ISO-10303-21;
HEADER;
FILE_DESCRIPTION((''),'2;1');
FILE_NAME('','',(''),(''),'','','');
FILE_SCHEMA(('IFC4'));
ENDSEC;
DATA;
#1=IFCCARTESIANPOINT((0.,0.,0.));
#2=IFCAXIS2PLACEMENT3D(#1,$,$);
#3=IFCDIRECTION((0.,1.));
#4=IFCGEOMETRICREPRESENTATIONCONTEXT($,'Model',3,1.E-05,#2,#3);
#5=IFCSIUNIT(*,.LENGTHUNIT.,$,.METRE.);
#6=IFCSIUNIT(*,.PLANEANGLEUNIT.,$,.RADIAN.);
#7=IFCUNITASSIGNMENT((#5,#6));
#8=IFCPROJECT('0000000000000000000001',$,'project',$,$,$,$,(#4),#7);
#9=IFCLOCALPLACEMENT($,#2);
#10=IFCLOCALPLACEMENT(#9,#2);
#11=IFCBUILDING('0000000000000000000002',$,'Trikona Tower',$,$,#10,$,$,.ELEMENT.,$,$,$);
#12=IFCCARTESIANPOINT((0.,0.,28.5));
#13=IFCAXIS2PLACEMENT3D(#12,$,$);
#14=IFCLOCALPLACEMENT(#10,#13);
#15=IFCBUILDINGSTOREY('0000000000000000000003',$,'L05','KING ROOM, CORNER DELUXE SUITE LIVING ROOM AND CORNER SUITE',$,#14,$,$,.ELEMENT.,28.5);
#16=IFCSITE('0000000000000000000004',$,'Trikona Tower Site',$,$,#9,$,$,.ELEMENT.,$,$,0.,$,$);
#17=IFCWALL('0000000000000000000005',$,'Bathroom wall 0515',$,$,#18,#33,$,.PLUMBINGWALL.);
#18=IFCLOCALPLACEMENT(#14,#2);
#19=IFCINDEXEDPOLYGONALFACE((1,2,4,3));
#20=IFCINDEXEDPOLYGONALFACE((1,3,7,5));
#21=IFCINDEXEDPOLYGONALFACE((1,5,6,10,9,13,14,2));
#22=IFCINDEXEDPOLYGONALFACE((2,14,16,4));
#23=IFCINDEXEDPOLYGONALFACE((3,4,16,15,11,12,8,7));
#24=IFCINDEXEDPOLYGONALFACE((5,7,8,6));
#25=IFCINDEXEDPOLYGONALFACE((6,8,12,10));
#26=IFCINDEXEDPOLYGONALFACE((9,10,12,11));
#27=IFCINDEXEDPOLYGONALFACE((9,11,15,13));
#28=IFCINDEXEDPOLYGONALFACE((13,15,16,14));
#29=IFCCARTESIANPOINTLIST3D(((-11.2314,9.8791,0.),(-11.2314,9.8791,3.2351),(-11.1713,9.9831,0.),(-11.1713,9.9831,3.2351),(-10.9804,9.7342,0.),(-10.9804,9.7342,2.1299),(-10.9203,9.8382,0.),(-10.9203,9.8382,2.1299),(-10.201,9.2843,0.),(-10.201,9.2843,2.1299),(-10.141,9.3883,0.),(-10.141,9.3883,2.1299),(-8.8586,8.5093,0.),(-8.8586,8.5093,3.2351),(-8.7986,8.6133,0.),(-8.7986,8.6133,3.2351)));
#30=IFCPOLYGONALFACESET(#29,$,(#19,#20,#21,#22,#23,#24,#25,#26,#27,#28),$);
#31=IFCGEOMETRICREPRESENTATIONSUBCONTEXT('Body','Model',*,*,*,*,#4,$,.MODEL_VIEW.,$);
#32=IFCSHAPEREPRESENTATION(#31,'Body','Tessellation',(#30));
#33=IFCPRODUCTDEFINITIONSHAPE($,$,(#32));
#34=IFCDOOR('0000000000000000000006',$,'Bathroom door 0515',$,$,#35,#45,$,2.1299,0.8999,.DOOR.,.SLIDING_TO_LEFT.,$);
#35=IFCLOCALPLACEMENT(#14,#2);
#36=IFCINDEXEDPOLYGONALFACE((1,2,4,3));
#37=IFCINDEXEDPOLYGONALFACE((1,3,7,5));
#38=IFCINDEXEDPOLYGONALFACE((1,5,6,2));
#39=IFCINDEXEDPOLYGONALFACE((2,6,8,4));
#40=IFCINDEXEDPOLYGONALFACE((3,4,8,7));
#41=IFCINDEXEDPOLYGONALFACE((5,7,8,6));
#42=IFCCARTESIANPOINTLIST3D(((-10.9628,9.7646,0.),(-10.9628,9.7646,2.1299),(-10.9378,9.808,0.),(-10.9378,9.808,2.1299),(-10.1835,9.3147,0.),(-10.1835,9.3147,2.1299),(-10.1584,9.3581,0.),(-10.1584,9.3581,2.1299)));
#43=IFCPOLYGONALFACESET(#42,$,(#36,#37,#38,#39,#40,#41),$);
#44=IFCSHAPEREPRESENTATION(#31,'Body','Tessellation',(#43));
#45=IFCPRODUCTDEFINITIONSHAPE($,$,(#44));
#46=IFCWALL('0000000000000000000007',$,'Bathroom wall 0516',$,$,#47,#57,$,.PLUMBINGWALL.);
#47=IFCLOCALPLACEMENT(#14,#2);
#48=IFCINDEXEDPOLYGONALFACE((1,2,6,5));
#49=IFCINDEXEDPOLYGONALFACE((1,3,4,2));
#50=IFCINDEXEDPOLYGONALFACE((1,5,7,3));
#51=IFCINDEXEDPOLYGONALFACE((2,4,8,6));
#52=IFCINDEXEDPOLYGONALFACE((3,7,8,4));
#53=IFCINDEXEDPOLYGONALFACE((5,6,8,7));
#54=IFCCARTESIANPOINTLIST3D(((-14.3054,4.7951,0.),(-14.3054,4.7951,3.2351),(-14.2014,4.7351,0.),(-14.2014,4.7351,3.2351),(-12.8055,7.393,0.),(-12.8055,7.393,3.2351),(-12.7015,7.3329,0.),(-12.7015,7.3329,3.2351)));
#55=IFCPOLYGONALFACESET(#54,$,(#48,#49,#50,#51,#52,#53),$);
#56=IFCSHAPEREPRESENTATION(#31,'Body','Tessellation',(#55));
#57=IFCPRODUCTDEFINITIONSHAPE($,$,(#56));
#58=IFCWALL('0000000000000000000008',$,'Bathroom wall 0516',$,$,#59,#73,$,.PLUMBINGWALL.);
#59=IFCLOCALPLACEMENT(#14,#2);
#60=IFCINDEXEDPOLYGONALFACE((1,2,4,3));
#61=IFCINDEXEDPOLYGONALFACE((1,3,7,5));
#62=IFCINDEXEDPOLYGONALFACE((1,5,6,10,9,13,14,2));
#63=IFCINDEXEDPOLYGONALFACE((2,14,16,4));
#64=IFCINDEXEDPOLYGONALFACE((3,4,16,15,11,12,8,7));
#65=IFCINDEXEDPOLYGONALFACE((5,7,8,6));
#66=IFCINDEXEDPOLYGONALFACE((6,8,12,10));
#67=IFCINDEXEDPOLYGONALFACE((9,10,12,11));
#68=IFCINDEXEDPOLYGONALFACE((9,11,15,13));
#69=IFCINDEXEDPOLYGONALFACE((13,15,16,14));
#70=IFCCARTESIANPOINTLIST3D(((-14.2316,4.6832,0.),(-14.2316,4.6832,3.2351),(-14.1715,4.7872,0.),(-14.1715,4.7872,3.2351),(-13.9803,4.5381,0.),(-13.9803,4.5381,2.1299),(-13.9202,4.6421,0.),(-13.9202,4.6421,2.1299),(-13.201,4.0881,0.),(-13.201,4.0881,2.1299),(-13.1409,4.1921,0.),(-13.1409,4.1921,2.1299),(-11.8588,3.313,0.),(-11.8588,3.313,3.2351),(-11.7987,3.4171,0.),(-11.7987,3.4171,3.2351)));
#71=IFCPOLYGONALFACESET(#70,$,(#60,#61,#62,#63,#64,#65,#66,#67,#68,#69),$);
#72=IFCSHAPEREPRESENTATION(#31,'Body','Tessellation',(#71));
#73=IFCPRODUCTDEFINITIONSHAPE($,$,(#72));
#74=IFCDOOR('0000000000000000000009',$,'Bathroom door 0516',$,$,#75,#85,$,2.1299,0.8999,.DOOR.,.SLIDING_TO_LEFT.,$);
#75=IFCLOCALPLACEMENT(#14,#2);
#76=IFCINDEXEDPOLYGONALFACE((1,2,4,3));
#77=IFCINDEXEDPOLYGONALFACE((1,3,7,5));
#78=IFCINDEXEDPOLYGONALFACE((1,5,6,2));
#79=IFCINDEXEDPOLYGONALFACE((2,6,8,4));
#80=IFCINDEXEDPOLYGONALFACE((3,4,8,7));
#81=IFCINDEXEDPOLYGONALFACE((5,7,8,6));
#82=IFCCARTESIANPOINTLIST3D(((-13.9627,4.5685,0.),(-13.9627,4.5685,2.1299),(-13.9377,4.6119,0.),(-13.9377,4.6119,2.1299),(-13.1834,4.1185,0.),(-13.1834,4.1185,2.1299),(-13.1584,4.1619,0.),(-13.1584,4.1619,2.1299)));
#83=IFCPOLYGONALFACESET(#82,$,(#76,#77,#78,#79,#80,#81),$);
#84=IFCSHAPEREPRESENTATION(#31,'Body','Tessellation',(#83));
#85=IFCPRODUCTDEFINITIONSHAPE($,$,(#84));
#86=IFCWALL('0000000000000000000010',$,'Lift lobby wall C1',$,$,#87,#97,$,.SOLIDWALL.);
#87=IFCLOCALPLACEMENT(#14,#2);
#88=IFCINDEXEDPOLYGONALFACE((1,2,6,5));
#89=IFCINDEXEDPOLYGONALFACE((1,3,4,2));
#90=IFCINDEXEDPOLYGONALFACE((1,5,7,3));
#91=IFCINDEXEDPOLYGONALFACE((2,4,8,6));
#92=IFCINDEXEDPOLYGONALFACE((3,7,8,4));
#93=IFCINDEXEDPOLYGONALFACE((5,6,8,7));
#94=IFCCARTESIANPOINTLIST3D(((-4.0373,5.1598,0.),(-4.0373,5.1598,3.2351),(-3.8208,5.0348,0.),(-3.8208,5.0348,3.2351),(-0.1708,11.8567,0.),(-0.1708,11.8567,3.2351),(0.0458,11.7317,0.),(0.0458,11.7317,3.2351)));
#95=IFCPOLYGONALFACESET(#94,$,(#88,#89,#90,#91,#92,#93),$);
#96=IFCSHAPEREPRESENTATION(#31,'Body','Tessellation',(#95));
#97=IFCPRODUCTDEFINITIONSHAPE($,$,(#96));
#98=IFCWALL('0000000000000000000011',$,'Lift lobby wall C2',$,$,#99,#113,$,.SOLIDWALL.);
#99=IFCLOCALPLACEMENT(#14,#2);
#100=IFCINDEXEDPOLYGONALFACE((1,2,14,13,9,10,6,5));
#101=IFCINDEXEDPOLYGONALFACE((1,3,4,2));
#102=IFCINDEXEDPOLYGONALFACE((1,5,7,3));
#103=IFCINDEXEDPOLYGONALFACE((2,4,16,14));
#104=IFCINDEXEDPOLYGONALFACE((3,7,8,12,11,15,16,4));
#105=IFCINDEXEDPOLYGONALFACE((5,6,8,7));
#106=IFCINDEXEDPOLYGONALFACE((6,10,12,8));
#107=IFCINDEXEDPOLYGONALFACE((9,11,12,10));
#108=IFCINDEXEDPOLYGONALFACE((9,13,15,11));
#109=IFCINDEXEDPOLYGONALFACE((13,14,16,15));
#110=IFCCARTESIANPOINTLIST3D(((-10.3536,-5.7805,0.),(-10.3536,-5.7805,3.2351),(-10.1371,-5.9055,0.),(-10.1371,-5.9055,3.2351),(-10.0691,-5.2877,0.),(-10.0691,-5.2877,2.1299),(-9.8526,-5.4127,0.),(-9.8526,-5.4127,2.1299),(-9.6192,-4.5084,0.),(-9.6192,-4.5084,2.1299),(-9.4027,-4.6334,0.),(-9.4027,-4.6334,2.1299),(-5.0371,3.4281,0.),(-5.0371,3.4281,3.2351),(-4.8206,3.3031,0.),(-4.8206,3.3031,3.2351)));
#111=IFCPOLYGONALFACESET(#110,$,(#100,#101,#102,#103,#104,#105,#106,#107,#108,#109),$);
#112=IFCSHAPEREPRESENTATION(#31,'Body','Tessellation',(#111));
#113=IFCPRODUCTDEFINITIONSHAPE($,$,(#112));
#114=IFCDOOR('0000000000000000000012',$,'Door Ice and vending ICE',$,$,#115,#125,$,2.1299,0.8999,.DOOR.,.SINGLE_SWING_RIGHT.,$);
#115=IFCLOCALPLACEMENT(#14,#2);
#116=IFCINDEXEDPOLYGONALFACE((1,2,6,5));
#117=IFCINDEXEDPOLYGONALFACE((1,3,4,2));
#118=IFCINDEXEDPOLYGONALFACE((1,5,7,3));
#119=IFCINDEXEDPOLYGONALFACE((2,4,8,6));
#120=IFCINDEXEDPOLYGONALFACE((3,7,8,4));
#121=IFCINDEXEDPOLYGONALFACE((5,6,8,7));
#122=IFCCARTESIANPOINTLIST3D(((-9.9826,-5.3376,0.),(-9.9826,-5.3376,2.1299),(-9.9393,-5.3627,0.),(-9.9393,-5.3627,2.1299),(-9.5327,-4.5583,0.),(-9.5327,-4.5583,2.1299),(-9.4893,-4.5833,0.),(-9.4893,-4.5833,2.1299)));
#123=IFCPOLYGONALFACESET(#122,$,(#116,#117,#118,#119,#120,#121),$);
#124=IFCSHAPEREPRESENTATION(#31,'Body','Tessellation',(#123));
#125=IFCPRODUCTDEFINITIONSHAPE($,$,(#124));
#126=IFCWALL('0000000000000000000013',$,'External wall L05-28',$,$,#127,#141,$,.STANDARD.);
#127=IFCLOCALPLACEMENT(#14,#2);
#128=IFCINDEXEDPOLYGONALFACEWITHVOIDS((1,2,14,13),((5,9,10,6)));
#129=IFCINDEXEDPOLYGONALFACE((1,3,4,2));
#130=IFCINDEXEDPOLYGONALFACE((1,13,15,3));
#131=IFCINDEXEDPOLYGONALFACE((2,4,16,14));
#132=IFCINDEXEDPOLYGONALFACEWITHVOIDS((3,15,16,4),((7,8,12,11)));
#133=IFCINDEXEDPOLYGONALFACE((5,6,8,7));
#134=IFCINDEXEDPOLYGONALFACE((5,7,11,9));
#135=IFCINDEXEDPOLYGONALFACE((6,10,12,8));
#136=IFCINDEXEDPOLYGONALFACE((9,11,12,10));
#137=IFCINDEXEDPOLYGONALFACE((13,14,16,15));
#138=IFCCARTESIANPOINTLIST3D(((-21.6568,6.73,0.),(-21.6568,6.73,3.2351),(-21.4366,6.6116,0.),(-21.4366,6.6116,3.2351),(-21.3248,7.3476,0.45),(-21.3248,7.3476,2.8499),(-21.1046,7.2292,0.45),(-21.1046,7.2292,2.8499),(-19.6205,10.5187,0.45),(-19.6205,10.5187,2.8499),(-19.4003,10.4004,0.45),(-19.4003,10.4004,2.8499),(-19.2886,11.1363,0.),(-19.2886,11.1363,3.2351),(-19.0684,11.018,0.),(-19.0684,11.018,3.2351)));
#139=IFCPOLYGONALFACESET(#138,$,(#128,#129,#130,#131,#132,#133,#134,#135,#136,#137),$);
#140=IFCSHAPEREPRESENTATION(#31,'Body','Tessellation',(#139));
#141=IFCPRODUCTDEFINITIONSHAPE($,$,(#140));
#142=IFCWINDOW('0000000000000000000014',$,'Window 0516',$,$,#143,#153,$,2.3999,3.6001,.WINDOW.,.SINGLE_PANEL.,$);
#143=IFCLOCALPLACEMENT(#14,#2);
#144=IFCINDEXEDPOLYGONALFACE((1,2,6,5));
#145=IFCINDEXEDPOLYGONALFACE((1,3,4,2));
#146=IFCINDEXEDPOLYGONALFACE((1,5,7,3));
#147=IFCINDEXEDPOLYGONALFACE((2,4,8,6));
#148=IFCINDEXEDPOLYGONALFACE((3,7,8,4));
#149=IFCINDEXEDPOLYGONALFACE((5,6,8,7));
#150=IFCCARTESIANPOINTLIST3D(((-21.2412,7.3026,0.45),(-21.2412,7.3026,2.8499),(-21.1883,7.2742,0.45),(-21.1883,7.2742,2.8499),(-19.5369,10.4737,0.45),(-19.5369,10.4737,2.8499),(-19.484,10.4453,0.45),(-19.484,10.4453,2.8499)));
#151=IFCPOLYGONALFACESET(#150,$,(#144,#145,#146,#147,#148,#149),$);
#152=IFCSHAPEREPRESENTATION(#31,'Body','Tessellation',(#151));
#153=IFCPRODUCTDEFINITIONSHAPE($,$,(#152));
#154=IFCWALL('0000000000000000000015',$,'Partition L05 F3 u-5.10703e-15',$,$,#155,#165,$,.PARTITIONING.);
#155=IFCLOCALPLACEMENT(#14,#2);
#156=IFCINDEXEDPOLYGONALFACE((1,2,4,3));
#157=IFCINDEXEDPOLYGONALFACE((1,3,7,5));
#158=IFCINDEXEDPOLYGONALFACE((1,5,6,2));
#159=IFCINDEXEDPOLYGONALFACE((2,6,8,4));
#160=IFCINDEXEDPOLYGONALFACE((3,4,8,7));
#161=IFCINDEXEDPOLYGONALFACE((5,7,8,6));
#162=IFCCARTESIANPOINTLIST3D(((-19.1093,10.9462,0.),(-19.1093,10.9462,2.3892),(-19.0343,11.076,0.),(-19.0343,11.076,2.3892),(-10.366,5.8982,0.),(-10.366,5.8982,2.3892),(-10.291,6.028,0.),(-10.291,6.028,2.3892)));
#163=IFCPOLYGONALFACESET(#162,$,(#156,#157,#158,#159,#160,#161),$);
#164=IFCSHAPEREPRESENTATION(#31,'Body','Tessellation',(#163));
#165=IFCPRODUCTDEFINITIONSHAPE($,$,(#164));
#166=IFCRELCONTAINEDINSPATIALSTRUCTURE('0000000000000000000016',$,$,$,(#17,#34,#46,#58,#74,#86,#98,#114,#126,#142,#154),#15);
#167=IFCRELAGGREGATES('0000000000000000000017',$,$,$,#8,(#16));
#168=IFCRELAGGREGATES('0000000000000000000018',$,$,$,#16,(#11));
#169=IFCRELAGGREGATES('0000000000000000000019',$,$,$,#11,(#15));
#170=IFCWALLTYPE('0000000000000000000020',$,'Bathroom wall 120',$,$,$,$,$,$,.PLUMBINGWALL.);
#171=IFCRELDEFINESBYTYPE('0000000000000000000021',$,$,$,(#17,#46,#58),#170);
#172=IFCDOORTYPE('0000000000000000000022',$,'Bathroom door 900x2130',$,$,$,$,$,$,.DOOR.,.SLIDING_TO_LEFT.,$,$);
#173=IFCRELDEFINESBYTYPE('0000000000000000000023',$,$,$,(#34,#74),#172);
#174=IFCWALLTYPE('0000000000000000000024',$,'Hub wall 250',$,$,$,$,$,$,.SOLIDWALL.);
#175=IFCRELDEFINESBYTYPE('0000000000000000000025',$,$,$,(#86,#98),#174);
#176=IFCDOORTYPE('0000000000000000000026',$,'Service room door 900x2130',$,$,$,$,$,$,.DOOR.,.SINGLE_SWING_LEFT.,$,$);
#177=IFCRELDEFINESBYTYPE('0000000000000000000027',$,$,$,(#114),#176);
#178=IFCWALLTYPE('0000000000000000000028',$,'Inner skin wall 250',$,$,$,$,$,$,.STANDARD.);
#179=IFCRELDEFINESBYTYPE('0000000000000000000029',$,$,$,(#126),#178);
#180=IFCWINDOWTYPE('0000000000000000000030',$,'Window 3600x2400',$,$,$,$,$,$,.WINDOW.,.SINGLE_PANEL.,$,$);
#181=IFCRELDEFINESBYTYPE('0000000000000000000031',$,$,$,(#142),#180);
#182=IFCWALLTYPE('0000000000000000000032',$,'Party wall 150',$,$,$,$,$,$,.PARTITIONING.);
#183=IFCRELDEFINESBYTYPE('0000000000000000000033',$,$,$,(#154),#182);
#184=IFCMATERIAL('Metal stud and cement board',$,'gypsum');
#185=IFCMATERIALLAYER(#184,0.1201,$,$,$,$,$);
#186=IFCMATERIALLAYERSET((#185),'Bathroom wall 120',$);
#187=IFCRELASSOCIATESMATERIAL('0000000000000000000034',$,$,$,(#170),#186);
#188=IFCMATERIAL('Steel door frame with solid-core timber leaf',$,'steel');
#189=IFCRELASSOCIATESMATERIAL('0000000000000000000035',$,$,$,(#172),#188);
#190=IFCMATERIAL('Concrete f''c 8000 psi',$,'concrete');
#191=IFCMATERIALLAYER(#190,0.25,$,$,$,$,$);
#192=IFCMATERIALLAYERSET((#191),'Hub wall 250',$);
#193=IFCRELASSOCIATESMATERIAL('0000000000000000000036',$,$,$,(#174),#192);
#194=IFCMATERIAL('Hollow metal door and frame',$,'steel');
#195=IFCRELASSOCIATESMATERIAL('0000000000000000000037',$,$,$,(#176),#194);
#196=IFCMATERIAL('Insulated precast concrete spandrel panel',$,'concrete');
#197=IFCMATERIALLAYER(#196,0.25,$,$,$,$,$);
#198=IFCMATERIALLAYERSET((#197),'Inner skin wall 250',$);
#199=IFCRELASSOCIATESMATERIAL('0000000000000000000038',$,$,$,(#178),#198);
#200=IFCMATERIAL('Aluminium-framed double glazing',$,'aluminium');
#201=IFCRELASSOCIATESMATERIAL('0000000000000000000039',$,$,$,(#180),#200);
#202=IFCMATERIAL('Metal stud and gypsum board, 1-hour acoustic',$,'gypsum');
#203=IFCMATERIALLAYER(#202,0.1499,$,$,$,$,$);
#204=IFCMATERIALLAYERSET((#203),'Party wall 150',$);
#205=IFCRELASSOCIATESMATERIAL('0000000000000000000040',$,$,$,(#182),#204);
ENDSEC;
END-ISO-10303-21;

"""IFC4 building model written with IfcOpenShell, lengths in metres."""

from ifc_helpers import new_model, si_unit, direction, frame, frame_2d, origin, place, context, subcontext, project, spatial, rectangle, extrude, material, layer, layer_set, type_object, element, fill, save


model = new_model("IFC4")

# Units and contexts
model_context = context("Model", 3, precision=1e-05, world=origin(), true_north=direction((0.0, 1.0)))
body_context = subcontext(model_context, "Body", "Model", "MODEL_VIEW")
ifc_project = project(units=[si_unit("LENGTHUNIT", "METRE"), si_unit("PLANEANGLEUNIT", "RADIAN")], contexts=[model_context])

# Site, building, storey
site_placement = place(None, origin())
site = spatial("IfcSite", under=ifc_project, at=site_placement, Name="Trikona Tower Site", CompositionType="ELEMENT", RefElevation=0.0)
building_placement = place(site_placement, origin())
building = spatial("IfcBuilding", under=site, at=building_placement, Name="Trikona Tower", CompositionType="ELEMENT")
storey_placement = place(building_placement, frame((0.0, 0.0, 28.5)))
storey = spatial("IfcBuildingStorey", under=building, at=storey_placement, Name="L05", Description="KING ROOM, CORNER DELUXE SUITE LIVING ROOM AND CORNER SUITE", CompositionType="ELEMENT", Elevation=28.5)

# Shared definitions
ifc_material_1 = material(Name="Metal stud and cement board", Category="gypsum")
ifc_layer_1 = layer(ifc_material_1, 0.1201)
ifc_layer_set_1 = layer_set([ifc_layer_1], Name="Bathroom wall 120")
wall_type_1 = type_object("IfcWallType", Name="Bathroom wall 120", PredefinedType="PLUMBINGWALL", material=ifc_layer_set_1)

# Wall, opening, door
wall_1_placement = place(storey_placement, frame((-8.8286, 8.5613, 0.0), z_axis=(0.0, 0.0, 1.0), x_axis=(-0.866036, 0.499982, 0.0)))
wall_1 = element("IfcWall", 1, at=wall_1_placement, inside=storey, type_object=wall_type_1, Name="Bathroom wall 0515", PredefinedType="PLUMBINGWALL", context=body_context, shape_type="SweptSolid", body=[
    extrude(rectangle(XDim=2.7397, YDim=0.1201, at=frame_2d((1.3699, 0.0))), origin(), (0.0, 0.0, 1.0), 3.2351),
])
opening_1_placement = place(wall_1_placement, frame((1.55, 0.0, 0.0)))
opening_1 = element("IfcOpeningElement", 2, at=opening_1_placement, cuts=wall_1, PredefinedType="OPENING", context=body_context, shape_type="SweptSolid", body=[
    extrude(rectangle(XDim=0.8999, YDim=2.1299, at=frame_2d((0.45, 1.0649))), frame((0.0, 0.0701, 0.0), z_axis=(0.0, -1.0, 0.0), x_axis=(1.0, 0.0, 0.0)), (0.0, 0.0, 1.0), 0.1401),
])
ifc_material_2 = material(Name="Steel door frame with solid-core timber leaf", Category="steel")
door_type_1 = type_object("IfcDoorType", Name="Bathroom door 900x2130", OperationType="SLIDING_TO_LEFT", PredefinedType="DOOR", material=ifc_material_2)
door_1_placement = place(opening_1_placement, origin())
door_1 = element("IfcDoor", 3, at=door_1_placement, inside=storey, type_object=door_type_1, Name="Bathroom door 0515", OperationType="SLIDING_TO_LEFT", OverallHeight=2.1299, OverallWidth=0.8999, PredefinedType="DOOR", context=body_context, shape_type="SweptSolid", body=[
    extrude(rectangle(XDim=0.8999, YDim=2.1299, at=frame_2d((0.45, 1.0649))), frame((0.0, 0.0249, 0.0), z_axis=(0.0, -1.0, 0.0), x_axis=(1.0, 0.0, 0.0)), (0.0, 0.0, 1.0), 0.05),
])
fill(opening_1, door_1)

# Wall
wall_2_placement = place(storey_placement, frame((-12.7534, 7.363, 0.0), z_axis=(0.0, 0.0, 1.0), x_axis=(-0.500025, -0.866011, 0.0)))
element("IfcWall", 4, at=wall_2_placement, inside=storey, type_object=wall_type_1, Name="Bathroom wall 0516", PredefinedType="PLUMBINGWALL", context=body_context, shape_type="SweptSolid", body=[
    extrude(rectangle(XDim=2.9998, YDim=0.1201, at=frame_2d((1.5, 0.0))), origin(), (0.0, 0.0, 1.0), 3.2351),
])

# Wall, opening, door
wall_3_placement = place(storey_placement, frame((-11.8286, 3.365, 0.0), z_axis=(0.0, 0.0, 1.0), x_axis=(-0.865997, 0.500049, 0.0)))
wall_3 = element("IfcWall", 5, at=wall_3_placement, inside=storey, type_object=wall_type_1, Name="Bathroom wall 0516", PredefinedType="PLUMBINGWALL", context=body_context, shape_type="SweptSolid", body=[
    extrude(rectangle(XDim=2.74, YDim=0.1201, at=frame_2d((1.3701, 0.0))), origin(), (0.0, 0.0, 1.0), 3.2351),
])
opening_2_placement = place(wall_3_placement, frame((1.55, 0.0, 0.0)))
opening_2 = element("IfcOpeningElement", 6, at=opening_2_placement, cuts=wall_3, PredefinedType="OPENING", context=body_context, shape_type="SweptSolid", body=[
    extrude(rectangle(XDim=0.8999, YDim=2.1299, at=frame_2d((0.45, 1.0649))), frame((0.0, 0.0701, 0.0), z_axis=(0.0, -1.0, 0.0), x_axis=(1.0, 0.0, 0.0)), (0.0, 0.0, 1.0), 0.1401),
])
door_2_placement = place(opening_2_placement, origin())
door_2 = element("IfcDoor", 7, at=door_2_placement, inside=storey, type_object=door_type_1, Name="Bathroom door 0516", OperationType="SLIDING_TO_LEFT", OverallHeight=2.1299, OverallWidth=0.8999, PredefinedType="DOOR", context=body_context, shape_type="SweptSolid", body=[
    extrude(rectangle(XDim=0.8999, YDim=2.1299, at=frame_2d((0.45, 1.0649))), frame((0.0, 0.0249, 0.0), z_axis=(0.0, -1.0, 0.0), x_axis=(1.0, 0.0, 0.0)), (0.0, 0.0, 1.0), 0.05),
])
fill(opening_2, door_2)

# Wall
ifc_material_3 = material(Name="Concrete f'c 8000 psi", Category="concrete")
ifc_layer_2 = layer(ifc_material_3, 0.25)
ifc_layer_set_2 = layer_set([ifc_layer_2], Name="Hub wall 250")
wall_type_2 = type_object("IfcWallType", Name="Hub wall 250", PredefinedType="SOLIDWALL", material=ifc_layer_set_2)
wall_4_placement = place(storey_placement, frame((-0.0625, 11.7942, 0.0), z_axis=(0.0, 0.0, 1.0), x_axis=(-0.500007, -0.866022, 0.0)))
element("IfcWall", 8, at=wall_4_placement, inside=storey, type_object=wall_type_2, Name="Lift lobby wall C1", PredefinedType="SOLIDWALL", context=body_context, shape_type="SweptSolid", body=[
    extrude(rectangle(XDim=7.7329, YDim=0.25, at=frame_2d((3.8665, 0.0))), origin(), (0.0, 0.0, 1.0), 3.2351),
])

# Wall, opening, door
wall_5_placement = place(storey_placement, frame((-4.929, 3.3655, 0.0), z_axis=(0.0, 0.0, 1.0), x_axis=(-0.499991, -0.86603, 0.0)))
wall_5 = element("IfcWall", 9, at=wall_5_placement, inside=storey, type_object=wall_type_2, Name="Lift lobby wall C2", PredefinedType="SOLIDWALL", context=body_context, shape_type="SweptSolid", body=[
    extrude(rectangle(XDim=10.6331, YDim=0.25, at=frame_2d((5.3164, 0.0))), origin(), (0.0, 0.0, 1.0), 3.2351),
])
opening_3_placement = place(wall_5_placement, frame((9.1641, 0.0, 0.0)))
opening_3 = element("IfcOpeningElement", 10, at=opening_3_placement, cuts=wall_5, PredefinedType="OPENING", context=body_context, shape_type="SweptSolid", body=[
    extrude(rectangle(XDim=0.8999, YDim=2.1299, at=frame_2d((0.45, 1.0649))), frame((0.0, 0.135, 0.0), z_axis=(0.0, -1.0, 0.0), x_axis=(1.0, 0.0, 0.0)), (0.0, 0.0, 1.0), 0.27),
])
ifc_material_4 = material(Name="Hollow metal door and frame", Category="steel")
door_type_2 = type_object("IfcDoorType", Name="Service room door 900x2130", OperationType="SINGLE_SWING_LEFT", PredefinedType="DOOR", material=ifc_material_4)
door_3_placement = place(opening_3_placement, origin())
door_3 = element("IfcDoor", 11, at=door_3_placement, inside=storey, type_object=door_type_2, Name="Door Ice and vending ICE", OperationType="SINGLE_SWING_RIGHT", OverallHeight=2.1299, OverallWidth=0.8999, PredefinedType="DOOR", context=body_context, shape_type="SweptSolid", body=[
    extrude(rectangle(XDim=0.8999, YDim=2.1299, at=frame_2d((0.45, 1.0649))), frame((0.0, 0.0249, 0.0), z_axis=(0.0, -1.0, 0.0), x_axis=(1.0, 0.0, 0.0)), (0.0, 0.0, 1.0), 0.05),
])
fill(opening_3, door_3)

# Wall, opening, window
ifc_material_5 = material(Name="Insulated precast concrete spandrel panel", Category="concrete")
ifc_layer_3 = layer(ifc_material_5, 0.25)
ifc_layer_set_3 = layer_set([ifc_layer_3], Name="Inner skin wall 250")
wall_type_3 = type_object("IfcWallType", Name="Inner skin wall 250", PredefinedType="STANDARD", material=ifc_layer_set_3)
wall_6_placement = place(storey_placement, frame((-19.1785, 11.0771, 0.0), z_axis=(0.0, 0.0, 1.0), x_axis=(-0.473413, -0.880841, 0.0)))
wall_6 = element("IfcWall", 12, at=wall_6_placement, inside=storey, type_object=wall_type_3, Name="External wall L05-28", PredefinedType="STANDARD", context=body_context, shape_type="SweptSolid", body=[
    extrude(rectangle(XDim=5.0024, YDim=0.25, at=frame_2d((2.5012, 0.0))), origin(), (0.0, 0.0, 1.0), 3.2351),
])
opening_4_placement = place(wall_6_placement, frame((0.7012, 0.0, 0.45)))
opening_4 = element("IfcOpeningElement", 13, at=opening_4_placement, cuts=wall_6, PredefinedType="OPENING", context=body_context, shape_type="SweptSolid", body=[
    extrude(rectangle(XDim=3.6001, YDim=2.3999, at=frame_2d((1.8, 1.2))), frame((0.0, 0.135, 0.0), z_axis=(0.0, -1.0, 0.0), x_axis=(1.0, 0.0, 0.0)), (0.0, 0.0, 1.0), 0.27),
])
ifc_material_6 = material(Name="Aluminium-framed double glazing", Category="aluminium")
window_type = type_object("IfcWindowType", Name="Window 3600x2400", PartitioningType="SINGLE_PANEL", PredefinedType="WINDOW", material=ifc_material_6)
window_placement = place(opening_4_placement, origin())
window = element("IfcWindow", 14, at=window_placement, inside=storey, type_object=window_type, Name="Window 0516", OverallHeight=2.3999, OverallWidth=3.6001, PartitioningType="SINGLE_PANEL", PredefinedType="WINDOW", context=body_context, shape_type="SweptSolid", body=[
    extrude(rectangle(XDim=3.6001, YDim=2.3999, at=frame_2d((1.8, 1.2))), frame((0.0, 0.03, 0.0), z_axis=(0.0, -1.0, 0.0), x_axis=(1.0, 0.0, 0.0)), (0.0, 0.0, 1.0), 0.0601),
])
fill(opening_4, window)

# Wall
ifc_material_7 = material(Name="Metal stud and gypsum board, 1-hour acoustic", Category="gypsum")
ifc_layer_4 = layer(ifc_material_7, 0.1499)
ifc_layer_set_4 = layer_set([ifc_layer_4], Name="Party wall 150")
wall_type_4 = type_object("IfcWallType", Name="Party wall 150", PredefinedType="PARTITIONING", material=ifc_layer_set_4)
wall_7_placement = place(storey_placement, frame((-10.3286, 5.9631, 0.0), z_axis=(0.0, 0.0, 1.0), x_axis=(-0.866022, 0.500006, 0.0)))
element("IfcWall", 15, at=wall_7_placement, inside=storey, type_object=wall_type_4, Name="Partition L05 F3 u-5.10703e-15", PredefinedType="PARTITIONING", context=body_context, shape_type="SweptSolid", body=[
    extrude(rectangle(XDim=10.0959, YDim=0.1499, at=frame_2d((5.0479, 0.0))), origin(), (0.0, 0.0, 1.0), 2.3892),
])

save(model, "model.ifc")
